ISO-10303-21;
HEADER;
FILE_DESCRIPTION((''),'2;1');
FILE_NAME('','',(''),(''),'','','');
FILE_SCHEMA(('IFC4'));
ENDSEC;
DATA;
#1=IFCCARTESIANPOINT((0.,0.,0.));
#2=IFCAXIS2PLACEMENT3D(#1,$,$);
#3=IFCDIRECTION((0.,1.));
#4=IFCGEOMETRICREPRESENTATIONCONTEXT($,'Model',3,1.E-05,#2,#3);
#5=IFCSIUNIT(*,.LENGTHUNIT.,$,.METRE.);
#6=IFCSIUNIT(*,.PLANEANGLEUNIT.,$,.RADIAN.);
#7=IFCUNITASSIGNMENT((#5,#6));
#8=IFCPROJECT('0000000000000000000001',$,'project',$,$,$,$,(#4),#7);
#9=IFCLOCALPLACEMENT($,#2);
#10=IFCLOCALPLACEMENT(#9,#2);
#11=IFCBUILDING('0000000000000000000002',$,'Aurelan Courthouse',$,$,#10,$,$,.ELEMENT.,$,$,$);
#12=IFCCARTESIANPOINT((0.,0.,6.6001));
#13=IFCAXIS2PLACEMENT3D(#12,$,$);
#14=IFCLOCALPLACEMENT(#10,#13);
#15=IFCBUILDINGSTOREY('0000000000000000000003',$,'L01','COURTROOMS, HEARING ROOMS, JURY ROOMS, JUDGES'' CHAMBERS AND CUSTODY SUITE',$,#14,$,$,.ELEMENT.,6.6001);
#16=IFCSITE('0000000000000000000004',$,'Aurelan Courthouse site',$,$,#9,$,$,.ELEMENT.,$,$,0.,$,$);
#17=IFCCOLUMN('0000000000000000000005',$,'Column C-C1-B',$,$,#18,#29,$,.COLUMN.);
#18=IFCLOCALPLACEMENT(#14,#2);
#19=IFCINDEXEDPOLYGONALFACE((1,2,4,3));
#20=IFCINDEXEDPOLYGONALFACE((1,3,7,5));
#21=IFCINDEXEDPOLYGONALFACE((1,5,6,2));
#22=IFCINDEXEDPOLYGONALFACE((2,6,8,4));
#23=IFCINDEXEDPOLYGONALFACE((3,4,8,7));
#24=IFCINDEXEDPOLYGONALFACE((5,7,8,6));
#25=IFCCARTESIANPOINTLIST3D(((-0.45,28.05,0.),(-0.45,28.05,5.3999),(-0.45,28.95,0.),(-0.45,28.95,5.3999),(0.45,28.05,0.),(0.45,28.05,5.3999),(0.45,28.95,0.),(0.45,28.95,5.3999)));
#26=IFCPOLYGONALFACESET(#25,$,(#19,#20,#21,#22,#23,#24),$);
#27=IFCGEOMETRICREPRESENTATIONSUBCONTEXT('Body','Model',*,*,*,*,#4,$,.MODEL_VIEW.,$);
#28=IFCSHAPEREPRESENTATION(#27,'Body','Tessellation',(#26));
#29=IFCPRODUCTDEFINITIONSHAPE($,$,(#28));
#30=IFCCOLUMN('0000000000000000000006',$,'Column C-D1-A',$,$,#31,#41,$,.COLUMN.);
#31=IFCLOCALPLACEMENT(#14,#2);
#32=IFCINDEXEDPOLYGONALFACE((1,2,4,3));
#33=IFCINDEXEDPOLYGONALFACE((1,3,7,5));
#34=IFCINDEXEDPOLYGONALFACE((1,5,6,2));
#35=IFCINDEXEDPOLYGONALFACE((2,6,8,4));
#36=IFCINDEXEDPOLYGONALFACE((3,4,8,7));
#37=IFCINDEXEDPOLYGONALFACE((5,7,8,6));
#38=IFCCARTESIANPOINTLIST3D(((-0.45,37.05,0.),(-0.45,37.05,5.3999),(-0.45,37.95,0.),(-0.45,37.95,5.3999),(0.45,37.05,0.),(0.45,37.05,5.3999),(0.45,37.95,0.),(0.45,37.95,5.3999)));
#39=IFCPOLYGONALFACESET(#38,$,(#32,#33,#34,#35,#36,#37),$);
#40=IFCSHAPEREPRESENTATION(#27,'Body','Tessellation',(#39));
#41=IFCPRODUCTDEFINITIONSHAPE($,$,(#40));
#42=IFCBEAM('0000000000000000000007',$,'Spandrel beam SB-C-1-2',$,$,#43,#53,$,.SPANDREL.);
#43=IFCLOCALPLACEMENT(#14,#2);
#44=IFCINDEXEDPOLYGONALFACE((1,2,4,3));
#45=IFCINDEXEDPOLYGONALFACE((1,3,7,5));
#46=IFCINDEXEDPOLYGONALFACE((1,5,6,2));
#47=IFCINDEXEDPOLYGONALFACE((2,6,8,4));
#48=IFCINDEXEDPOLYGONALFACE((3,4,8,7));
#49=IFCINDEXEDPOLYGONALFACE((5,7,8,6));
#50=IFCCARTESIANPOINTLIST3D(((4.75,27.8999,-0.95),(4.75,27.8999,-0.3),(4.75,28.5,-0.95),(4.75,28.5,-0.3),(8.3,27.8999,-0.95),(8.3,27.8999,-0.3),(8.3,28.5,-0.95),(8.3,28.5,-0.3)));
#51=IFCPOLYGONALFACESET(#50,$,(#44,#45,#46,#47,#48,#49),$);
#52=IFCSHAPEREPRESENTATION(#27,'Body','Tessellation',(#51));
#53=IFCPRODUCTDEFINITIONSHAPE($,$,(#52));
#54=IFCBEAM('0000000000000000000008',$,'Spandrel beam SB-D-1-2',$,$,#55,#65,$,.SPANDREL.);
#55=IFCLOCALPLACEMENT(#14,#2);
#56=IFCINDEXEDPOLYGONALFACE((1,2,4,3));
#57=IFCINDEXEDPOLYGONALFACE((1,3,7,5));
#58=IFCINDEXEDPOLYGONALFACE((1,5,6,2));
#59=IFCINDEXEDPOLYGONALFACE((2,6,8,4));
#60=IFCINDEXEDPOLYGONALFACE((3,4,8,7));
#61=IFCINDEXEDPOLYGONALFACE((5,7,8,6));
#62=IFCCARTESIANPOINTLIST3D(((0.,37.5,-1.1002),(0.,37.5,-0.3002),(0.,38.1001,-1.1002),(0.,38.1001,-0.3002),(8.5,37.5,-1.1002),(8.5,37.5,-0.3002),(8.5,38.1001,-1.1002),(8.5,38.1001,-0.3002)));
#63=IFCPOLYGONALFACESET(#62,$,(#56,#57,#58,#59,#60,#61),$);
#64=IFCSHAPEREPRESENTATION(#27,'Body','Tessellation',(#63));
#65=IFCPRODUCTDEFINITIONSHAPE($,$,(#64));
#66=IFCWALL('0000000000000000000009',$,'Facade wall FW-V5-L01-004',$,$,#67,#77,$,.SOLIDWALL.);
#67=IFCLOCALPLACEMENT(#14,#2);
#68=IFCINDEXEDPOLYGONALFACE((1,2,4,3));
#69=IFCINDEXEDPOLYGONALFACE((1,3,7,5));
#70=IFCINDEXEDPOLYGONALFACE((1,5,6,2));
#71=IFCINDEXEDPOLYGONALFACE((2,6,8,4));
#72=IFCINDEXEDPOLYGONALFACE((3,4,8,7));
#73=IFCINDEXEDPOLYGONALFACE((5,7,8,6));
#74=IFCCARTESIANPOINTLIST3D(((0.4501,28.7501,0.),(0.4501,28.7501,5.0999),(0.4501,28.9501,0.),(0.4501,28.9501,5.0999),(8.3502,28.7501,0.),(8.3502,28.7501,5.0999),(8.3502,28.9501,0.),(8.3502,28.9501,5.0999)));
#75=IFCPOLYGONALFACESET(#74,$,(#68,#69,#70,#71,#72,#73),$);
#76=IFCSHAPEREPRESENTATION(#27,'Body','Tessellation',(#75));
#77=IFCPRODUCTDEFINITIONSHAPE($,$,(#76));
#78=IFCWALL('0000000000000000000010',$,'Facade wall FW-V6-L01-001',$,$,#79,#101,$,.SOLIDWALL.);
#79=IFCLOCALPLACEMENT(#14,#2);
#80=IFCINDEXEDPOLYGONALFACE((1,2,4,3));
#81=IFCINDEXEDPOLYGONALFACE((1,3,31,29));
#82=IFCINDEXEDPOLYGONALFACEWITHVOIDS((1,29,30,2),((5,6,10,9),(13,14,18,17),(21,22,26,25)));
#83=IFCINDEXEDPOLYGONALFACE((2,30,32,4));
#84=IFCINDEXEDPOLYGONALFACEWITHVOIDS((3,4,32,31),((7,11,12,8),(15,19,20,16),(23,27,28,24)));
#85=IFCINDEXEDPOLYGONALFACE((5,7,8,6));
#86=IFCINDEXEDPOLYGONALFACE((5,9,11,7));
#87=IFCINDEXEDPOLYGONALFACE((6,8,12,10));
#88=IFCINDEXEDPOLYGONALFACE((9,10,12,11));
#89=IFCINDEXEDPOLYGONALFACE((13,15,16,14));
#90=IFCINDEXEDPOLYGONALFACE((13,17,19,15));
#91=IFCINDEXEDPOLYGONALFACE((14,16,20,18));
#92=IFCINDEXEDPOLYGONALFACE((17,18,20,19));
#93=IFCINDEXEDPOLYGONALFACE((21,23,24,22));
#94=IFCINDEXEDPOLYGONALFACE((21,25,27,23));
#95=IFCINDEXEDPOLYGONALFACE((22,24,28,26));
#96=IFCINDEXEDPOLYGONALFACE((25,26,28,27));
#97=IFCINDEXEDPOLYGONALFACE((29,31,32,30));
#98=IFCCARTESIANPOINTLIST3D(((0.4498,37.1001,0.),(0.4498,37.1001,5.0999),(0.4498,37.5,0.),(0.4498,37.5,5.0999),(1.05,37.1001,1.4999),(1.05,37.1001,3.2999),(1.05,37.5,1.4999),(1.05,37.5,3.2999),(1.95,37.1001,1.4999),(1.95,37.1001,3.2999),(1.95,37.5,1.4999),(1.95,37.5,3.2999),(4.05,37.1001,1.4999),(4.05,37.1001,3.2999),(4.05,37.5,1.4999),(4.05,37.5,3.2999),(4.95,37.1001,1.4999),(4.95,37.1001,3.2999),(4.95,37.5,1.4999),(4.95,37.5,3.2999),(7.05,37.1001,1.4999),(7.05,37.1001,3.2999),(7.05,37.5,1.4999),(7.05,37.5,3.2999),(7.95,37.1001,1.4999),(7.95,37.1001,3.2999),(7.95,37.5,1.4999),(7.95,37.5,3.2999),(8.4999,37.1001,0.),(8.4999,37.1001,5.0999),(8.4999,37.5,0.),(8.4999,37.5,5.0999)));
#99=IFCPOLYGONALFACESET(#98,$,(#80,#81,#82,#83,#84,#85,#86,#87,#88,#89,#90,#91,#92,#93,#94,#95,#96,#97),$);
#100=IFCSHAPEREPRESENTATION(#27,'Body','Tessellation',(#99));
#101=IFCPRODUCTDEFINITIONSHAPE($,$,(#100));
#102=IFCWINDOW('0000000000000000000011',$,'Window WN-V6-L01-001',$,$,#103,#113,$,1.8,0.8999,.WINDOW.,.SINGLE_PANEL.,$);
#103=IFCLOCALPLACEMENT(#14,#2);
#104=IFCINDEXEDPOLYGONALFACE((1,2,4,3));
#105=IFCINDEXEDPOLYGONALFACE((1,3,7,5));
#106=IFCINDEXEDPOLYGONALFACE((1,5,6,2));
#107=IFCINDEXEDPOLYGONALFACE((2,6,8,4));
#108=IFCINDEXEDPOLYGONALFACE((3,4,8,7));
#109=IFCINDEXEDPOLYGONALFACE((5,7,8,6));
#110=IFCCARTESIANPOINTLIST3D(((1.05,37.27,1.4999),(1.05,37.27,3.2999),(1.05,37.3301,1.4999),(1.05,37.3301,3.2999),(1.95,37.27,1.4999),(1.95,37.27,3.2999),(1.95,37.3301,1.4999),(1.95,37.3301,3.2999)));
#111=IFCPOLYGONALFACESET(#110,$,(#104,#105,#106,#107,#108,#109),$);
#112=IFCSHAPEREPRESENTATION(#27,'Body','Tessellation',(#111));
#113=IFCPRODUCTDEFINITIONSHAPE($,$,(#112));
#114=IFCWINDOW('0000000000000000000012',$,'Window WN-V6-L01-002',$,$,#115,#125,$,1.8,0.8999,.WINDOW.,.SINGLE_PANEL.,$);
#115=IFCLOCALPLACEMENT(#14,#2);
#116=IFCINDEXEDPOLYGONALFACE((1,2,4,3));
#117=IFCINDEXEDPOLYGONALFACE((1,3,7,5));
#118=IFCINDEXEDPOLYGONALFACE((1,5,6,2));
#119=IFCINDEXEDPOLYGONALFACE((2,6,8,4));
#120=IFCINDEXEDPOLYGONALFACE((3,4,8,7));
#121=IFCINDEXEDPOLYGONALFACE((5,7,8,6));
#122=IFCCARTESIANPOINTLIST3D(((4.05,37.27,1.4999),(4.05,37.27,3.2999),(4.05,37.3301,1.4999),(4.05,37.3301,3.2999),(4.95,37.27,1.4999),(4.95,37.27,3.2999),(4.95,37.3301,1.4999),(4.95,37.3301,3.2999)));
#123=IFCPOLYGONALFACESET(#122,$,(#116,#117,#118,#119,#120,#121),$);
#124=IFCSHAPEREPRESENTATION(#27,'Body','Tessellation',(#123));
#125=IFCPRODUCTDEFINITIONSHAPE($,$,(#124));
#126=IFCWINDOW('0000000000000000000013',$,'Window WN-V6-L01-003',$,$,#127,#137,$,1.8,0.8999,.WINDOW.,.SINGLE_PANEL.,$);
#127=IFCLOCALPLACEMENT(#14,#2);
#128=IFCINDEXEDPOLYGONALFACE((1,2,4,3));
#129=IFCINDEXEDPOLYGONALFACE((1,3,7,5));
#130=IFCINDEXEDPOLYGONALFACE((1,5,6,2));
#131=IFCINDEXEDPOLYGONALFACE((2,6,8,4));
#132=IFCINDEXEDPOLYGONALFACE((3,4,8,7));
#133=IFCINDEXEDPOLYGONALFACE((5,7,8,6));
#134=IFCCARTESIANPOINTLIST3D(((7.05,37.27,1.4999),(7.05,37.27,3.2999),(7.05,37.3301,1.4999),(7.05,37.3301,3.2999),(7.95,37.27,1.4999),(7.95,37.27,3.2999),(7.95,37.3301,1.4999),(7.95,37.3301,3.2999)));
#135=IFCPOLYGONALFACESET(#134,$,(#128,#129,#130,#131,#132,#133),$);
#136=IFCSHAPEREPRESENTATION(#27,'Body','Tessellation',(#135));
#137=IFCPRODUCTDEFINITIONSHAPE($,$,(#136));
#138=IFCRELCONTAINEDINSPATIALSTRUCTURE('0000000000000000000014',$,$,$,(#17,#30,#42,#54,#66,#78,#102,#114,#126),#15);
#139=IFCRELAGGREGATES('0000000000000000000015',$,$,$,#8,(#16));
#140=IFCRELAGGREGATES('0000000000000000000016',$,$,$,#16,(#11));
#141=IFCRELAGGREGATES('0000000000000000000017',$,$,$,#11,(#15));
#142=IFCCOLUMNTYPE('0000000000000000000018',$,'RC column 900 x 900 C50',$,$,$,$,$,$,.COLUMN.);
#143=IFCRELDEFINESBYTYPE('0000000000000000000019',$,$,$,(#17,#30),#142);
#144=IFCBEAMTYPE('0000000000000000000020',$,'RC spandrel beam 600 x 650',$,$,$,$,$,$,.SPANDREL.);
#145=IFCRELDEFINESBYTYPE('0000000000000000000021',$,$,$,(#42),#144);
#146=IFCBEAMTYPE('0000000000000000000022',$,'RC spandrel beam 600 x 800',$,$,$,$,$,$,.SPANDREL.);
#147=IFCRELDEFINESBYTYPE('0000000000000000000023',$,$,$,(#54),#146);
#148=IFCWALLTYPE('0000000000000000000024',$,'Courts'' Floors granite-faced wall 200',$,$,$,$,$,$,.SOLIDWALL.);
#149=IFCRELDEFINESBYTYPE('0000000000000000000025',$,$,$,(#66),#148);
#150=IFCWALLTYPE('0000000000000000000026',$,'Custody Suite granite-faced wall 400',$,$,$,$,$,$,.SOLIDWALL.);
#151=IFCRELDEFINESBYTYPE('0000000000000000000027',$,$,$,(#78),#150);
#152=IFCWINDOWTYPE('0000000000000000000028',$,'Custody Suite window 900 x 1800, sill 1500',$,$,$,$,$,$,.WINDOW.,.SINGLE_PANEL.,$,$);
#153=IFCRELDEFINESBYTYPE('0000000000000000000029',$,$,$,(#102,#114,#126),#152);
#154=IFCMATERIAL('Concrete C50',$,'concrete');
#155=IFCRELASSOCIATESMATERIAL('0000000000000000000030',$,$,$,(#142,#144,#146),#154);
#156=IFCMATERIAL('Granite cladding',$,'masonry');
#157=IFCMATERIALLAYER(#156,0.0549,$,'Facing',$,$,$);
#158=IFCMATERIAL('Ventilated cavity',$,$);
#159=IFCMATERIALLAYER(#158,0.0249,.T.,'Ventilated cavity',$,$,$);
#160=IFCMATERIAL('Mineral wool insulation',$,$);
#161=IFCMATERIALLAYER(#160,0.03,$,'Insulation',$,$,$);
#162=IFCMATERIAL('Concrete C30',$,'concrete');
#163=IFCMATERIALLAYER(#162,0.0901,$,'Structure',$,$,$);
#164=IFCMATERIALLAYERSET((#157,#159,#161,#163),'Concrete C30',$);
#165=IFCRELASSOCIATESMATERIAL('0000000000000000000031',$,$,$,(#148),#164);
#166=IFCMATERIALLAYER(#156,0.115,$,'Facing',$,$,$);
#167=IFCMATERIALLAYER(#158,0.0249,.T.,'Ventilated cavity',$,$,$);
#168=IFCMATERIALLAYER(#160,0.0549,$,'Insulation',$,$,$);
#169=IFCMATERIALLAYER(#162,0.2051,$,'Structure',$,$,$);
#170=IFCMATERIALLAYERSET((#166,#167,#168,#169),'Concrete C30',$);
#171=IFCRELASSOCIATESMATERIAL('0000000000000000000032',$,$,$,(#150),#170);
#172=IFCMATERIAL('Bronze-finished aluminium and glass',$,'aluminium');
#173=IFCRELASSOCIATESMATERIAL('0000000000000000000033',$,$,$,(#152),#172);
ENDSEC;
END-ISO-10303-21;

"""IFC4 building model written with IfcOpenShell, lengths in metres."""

from ifc_helpers import new_model, si_unit, direction, frame, frame_2d, origin, origin_2d, place, context, subcontext, project, spatial, rectangle, extrude, material, layer, layer_set, material_profile, profile_set, type_object, element, fill, save


model = new_model("IFC4")

# Units and contexts
model_context = context("Model", 3, precision=1e-05, world=origin(), true_north=direction((0.0, 1.0)))
body_context = subcontext(model_context, "Body", "Model", "MODEL_VIEW")
ifc_project = project(units=[si_unit("LENGTHUNIT", "METRE"), si_unit("PLANEANGLEUNIT", "RADIAN")], contexts=[model_context])

# Site, building, storey
site_placement = place(None, origin())
site = spatial("IfcSite", under=ifc_project, at=site_placement, Name="Aurelan Courthouse site", CompositionType="ELEMENT", RefElevation=0.0)
building_placement = place(site_placement, origin())
building = spatial("IfcBuilding", under=site, at=building_placement, Name="Aurelan Courthouse", CompositionType="ELEMENT")
storey_placement = place(building_placement, frame((0.0, 0.0, 6.6001)))
storey = spatial("IfcBuildingStorey", under=building, at=storey_placement, Name="L01", Description="COURTROOMS, HEARING ROOMS, JURY ROOMS, JUDGES' CHAMBERS AND CUSTODY SUITE", CompositionType="ELEMENT", Elevation=6.6001)

# Columns
ifc_material_1 = material(Name="Concrete C50", Category="concrete")
ifc_material_profile_1 = material_profile(ifc_material_1, rectangle(XDim=0.8999, YDim=0.8999, at=origin_2d()), Name="RC 900 x 900")
ifc_profile_set_1 = profile_set([ifc_material_profile_1], Name="Concrete C50")
column_type = type_object("IfcColumnType", Name="RC column 900 x 900 C50", PredefinedType="COLUMN", material=ifc_profile_set_1)
for number, where, z_axis, x_axis, name in (
    (1, (0.0, 28.5, 0.0), (0.0, 0.0, 1.0), (1.0, 0.0, 0.0), "Column C-C1-B"),
    (2, (0.0, 37.5, 0.0), (0.0, 0.0, 1.0), (1.0, 0.0, 0.0), "Column C-D1-A"),
):
    element("IfcColumn", number, at=place(storey_placement, frame(where, z_axis=z_axis, x_axis=x_axis)), inside=storey, type_object=column_type, Name=name, PredefinedType="COLUMN", context=body_context, shape_type="SweptSolid", body=[
        extrude(rectangle(XDim=0.8999, YDim=0.8999, at=origin_2d()), origin(), (0.0, 0.0, 1.0), 5.3999),
    ])

# Beams
ifc_material_profile_2 = material_profile(ifc_material_1, rectangle(XDim=0.6001, YDim=0.6499, at=origin_2d()), Name="RC 600 x 650")
ifc_profile_set_2 = profile_set([ifc_material_profile_2], Name="Concrete C50")
beam_type_1 = type_object("IfcBeamType", Name="RC spandrel beam 600 x 650", PredefinedType="SPANDREL", material=ifc_profile_set_2)
beam_1_placement = place(storey_placement, frame((4.75, 28.2, -0.625), z_axis=(1.0, 0.0, 0.0), x_axis=(0.0, 1.0, 0.0)))
element("IfcBeam", 3, at=beam_1_placement, inside=storey, type_object=beam_type_1, Name="Spandrel beam SB-C-1-2", PredefinedType="SPANDREL", context=body_context, shape_type="SweptSolid", body=[
    extrude(rectangle(XDim=0.6001, YDim=0.6499, at=origin_2d()), origin(), (0.0, 0.0, 1.0), 3.55),
])
ifc_material_profile_3 = material_profile(ifc_material_1, rectangle(XDim=0.6001, YDim=0.8, at=origin_2d()), Name="RC 600 x 800")
ifc_profile_set_3 = profile_set([ifc_material_profile_3], Name="Concrete C50")
beam_type_2 = type_object("IfcBeamType", Name="RC spandrel beam 600 x 800", PredefinedType="SPANDREL", material=ifc_profile_set_3)
beam_2_placement = place(storey_placement, frame((0.0, 37.8, -0.7002), z_axis=(1.0, 0.0, 0.0), x_axis=(0.0, 1.0, 0.0)))
element("IfcBeam", 4, at=beam_2_placement, inside=storey, type_object=beam_type_2, Name="Spandrel beam SB-D-1-2", PredefinedType="SPANDREL", context=body_context, shape_type="SweptSolid", body=[
    extrude(rectangle(XDim=0.6001, YDim=0.8, at=origin_2d()), origin(), (0.0, 0.0, 1.0), 8.5),
])

# Wall
ifc_material_2 = material(Name="Granite cladding", Category="masonry")
ifc_layer_1 = layer(ifc_material_2, 0.0549, Name="Facing")
ifc_material_3 = material(Name="Ventilated cavity")
ifc_layer_2 = layer(ifc_material_3, 0.0249, ventilated=True, Name="Ventilated cavity")
ifc_material_4 = material(Name="Mineral wool insulation")
ifc_layer_3 = layer(ifc_material_4, 0.03, Name="Insulation")
ifc_material_5 = material(Name="Concrete C30", Category="concrete")
ifc_layer_4 = layer(ifc_material_5, 0.0901, Name="Structure")
ifc_layer_set_1 = layer_set([ifc_layer_1, ifc_layer_2, ifc_layer_3, ifc_layer_4], Name="Concrete C30")
wall_type_1 = type_object("IfcWallType", Name="Courts' Floors granite-faced wall 200", PredefinedType="SOLIDWALL", material=ifc_layer_set_1)
wall_1_placement = place(storey_placement, frame((0.45, 28.8501, 0.0), z_axis=(0.0, 0.0, 1.0), x_axis=(1.0, 0.0, 0.0)))
element("IfcWall", 5, at=wall_1_placement, inside=storey, type_object=wall_type_1, Name="Facade wall FW-V5-L01-004", PredefinedType="SOLIDWALL", context=body_context, shape_type="SweptSolid", body=[
    extrude(rectangle(XDim=7.9001, YDim=0.2, at=frame_2d((3.9502, 0.0))), origin(), (0.0, 0.0, 1.0), 5.0999),
])

# Wall, openings, windows
ifc_layer_5 = layer(ifc_material_2, 0.115, Name="Facing")
ifc_layer_6 = layer(ifc_material_3, 0.0249, ventilated=True, Name="Ventilated cavity")
ifc_layer_7 = layer(ifc_material_4, 0.0549, Name="Insulation")
ifc_layer_8 = layer(ifc_material_5, 0.2051, Name="Structure")
ifc_layer_set_2 = layer_set([ifc_layer_5, ifc_layer_6, ifc_layer_7, ifc_layer_8], Name="Concrete C30")
wall_type_2 = type_object("IfcWallType", Name="Custody Suite granite-faced wall 400", PredefinedType="SOLIDWALL", material=ifc_layer_set_2)
wall_2_placement = place(storey_placement, frame((0.45, 37.3, 0.0), z_axis=(0.0, 0.0, 1.0), x_axis=(1.0, 0.0, 0.0)))
wall_2 = element("IfcWall", 6, at=wall_2_placement, inside=storey, type_object=wall_type_2, Name="Facade wall FW-V6-L01-001", PredefinedType="SOLIDWALL", context=body_context, shape_type="SweptSolid", body=[
    extrude(rectangle(XDim=8.05, YDim=0.3999, at=frame_2d((4.0249, 0.0))), origin(), (0.0, 0.0, 1.0), 5.0999),
])
opening_1_placement = place(wall_2_placement, frame((0.6001, 0.0, 1.5)))
opening_1 = element("IfcOpeningElement", 7, at=opening_1_placement, cuts=wall_2, PredefinedType="OPENING", context=body_context, shape_type="SweptSolid", body=[
    extrude(rectangle(XDim=0.8999, YDim=1.8, at=frame_2d((0.45, 0.8999))), frame((0.0, 0.21, 0.0), z_axis=(0.0, -1.0, 0.0), x_axis=(1.0, 0.0, 0.0)), (0.0, 0.0, 1.0), 0.4199),
])
opening_2_placement = place(wall_2_placement, frame((3.6001, 0.0, 1.5)))
opening_2 = element("IfcOpeningElement", 8, at=opening_2_placement, cuts=wall_2, PredefinedType="OPENING", context=body_context, shape_type="SweptSolid", body=[
    extrude(rectangle(XDim=0.8999, YDim=1.8, at=frame_2d((0.45, 0.8999))), frame((0.0, 0.21, 0.0), z_axis=(0.0, -1.0, 0.0), x_axis=(1.0, 0.0, 0.0)), (0.0, 0.0, 1.0), 0.4199),
])
opening_3_placement = place(wall_2_placement, frame((6.6001, 0.0, 1.5)))
opening_3 = element("IfcOpeningElement", 9, at=opening_3_placement, cuts=wall_2, PredefinedType="OPENING", context=body_context, shape_type="SweptSolid", body=[
    extrude(rectangle(XDim=0.8999, YDim=1.8, at=frame_2d((0.45, 0.8999))), frame((0.0, 0.21, 0.0), z_axis=(0.0, -1.0, 0.0), x_axis=(1.0, 0.0, 0.0)), (0.0, 0.0, 1.0), 0.4199),
])
ifc_material_6 = material(Name="Bronze-finished aluminium and glass", Category="aluminium")
window_type_1 = type_object("IfcWindowType", Name="Custody Suite window 900 x 1800, sill 1500", PartitioningType="SINGLE_PANEL", PredefinedType="WINDOW", material=ifc_material_6)
window_1_placement = place(opening_1_placement, origin())
window_1 = element("IfcWindow", 10, at=window_1_placement, inside=storey, type_object=window_type_1, Name="Window WN-V6-L01-001", OverallHeight=1.8, OverallWidth=0.8999, PartitioningType="SINGLE_PANEL", PredefinedType="WINDOW", context=body_context, shape_type="SweptSolid", body=[
    extrude(rectangle(XDim=0.8999, YDim=1.8, at=frame_2d((0.45, 0.8999))), frame((0.0, 0.03, 0.0), z_axis=(0.0, -1.0, 0.0), x_axis=(1.0, 0.0, 0.0)), (0.0, 0.0, 1.0), 0.0601),
])
fill(opening_1, window_1)
window_2_placement = place(opening_2_placement, origin())
window_2 = element("IfcWindow", 11, at=window_2_placement, inside=storey, type_object=window_type_1, Name="Window WN-V6-L01-002", OverallHeight=1.8, OverallWidth=0.8999, PartitioningType="SINGLE_PANEL", PredefinedType="WINDOW", context=body_context, shape_type="SweptSolid", body=[
    extrude(rectangle(XDim=0.8999, YDim=1.8, at=frame_2d((0.45, 0.8999))), frame((0.0, 0.03, 0.0), z_axis=(0.0, -1.0, 0.0), x_axis=(1.0, 0.0, 0.0)), (0.0, 0.0, 1.0), 0.0601),
])
fill(opening_2, window_2)
window_3_placement = place(opening_3_placement, origin())
window_3 = element("IfcWindow", 12, at=window_3_placement, inside=storey, type_object=window_type_1, Name="Window WN-V6-L01-003", OverallHeight=1.8, OverallWidth=0.8999, PartitioningType="SINGLE_PANEL", PredefinedType="WINDOW", context=body_context, shape_type="SweptSolid", body=[
    extrude(rectangle(XDim=0.8999, YDim=1.8, at=frame_2d((0.45, 0.8999))), frame((0.0, 0.03, 0.0), z_axis=(0.0, -1.0, 0.0), x_axis=(1.0, 0.0, 0.0)), (0.0, 0.0, 1.0), 0.0601),
])
fill(opening_3, window_3)

save(model, "model.ifc")
